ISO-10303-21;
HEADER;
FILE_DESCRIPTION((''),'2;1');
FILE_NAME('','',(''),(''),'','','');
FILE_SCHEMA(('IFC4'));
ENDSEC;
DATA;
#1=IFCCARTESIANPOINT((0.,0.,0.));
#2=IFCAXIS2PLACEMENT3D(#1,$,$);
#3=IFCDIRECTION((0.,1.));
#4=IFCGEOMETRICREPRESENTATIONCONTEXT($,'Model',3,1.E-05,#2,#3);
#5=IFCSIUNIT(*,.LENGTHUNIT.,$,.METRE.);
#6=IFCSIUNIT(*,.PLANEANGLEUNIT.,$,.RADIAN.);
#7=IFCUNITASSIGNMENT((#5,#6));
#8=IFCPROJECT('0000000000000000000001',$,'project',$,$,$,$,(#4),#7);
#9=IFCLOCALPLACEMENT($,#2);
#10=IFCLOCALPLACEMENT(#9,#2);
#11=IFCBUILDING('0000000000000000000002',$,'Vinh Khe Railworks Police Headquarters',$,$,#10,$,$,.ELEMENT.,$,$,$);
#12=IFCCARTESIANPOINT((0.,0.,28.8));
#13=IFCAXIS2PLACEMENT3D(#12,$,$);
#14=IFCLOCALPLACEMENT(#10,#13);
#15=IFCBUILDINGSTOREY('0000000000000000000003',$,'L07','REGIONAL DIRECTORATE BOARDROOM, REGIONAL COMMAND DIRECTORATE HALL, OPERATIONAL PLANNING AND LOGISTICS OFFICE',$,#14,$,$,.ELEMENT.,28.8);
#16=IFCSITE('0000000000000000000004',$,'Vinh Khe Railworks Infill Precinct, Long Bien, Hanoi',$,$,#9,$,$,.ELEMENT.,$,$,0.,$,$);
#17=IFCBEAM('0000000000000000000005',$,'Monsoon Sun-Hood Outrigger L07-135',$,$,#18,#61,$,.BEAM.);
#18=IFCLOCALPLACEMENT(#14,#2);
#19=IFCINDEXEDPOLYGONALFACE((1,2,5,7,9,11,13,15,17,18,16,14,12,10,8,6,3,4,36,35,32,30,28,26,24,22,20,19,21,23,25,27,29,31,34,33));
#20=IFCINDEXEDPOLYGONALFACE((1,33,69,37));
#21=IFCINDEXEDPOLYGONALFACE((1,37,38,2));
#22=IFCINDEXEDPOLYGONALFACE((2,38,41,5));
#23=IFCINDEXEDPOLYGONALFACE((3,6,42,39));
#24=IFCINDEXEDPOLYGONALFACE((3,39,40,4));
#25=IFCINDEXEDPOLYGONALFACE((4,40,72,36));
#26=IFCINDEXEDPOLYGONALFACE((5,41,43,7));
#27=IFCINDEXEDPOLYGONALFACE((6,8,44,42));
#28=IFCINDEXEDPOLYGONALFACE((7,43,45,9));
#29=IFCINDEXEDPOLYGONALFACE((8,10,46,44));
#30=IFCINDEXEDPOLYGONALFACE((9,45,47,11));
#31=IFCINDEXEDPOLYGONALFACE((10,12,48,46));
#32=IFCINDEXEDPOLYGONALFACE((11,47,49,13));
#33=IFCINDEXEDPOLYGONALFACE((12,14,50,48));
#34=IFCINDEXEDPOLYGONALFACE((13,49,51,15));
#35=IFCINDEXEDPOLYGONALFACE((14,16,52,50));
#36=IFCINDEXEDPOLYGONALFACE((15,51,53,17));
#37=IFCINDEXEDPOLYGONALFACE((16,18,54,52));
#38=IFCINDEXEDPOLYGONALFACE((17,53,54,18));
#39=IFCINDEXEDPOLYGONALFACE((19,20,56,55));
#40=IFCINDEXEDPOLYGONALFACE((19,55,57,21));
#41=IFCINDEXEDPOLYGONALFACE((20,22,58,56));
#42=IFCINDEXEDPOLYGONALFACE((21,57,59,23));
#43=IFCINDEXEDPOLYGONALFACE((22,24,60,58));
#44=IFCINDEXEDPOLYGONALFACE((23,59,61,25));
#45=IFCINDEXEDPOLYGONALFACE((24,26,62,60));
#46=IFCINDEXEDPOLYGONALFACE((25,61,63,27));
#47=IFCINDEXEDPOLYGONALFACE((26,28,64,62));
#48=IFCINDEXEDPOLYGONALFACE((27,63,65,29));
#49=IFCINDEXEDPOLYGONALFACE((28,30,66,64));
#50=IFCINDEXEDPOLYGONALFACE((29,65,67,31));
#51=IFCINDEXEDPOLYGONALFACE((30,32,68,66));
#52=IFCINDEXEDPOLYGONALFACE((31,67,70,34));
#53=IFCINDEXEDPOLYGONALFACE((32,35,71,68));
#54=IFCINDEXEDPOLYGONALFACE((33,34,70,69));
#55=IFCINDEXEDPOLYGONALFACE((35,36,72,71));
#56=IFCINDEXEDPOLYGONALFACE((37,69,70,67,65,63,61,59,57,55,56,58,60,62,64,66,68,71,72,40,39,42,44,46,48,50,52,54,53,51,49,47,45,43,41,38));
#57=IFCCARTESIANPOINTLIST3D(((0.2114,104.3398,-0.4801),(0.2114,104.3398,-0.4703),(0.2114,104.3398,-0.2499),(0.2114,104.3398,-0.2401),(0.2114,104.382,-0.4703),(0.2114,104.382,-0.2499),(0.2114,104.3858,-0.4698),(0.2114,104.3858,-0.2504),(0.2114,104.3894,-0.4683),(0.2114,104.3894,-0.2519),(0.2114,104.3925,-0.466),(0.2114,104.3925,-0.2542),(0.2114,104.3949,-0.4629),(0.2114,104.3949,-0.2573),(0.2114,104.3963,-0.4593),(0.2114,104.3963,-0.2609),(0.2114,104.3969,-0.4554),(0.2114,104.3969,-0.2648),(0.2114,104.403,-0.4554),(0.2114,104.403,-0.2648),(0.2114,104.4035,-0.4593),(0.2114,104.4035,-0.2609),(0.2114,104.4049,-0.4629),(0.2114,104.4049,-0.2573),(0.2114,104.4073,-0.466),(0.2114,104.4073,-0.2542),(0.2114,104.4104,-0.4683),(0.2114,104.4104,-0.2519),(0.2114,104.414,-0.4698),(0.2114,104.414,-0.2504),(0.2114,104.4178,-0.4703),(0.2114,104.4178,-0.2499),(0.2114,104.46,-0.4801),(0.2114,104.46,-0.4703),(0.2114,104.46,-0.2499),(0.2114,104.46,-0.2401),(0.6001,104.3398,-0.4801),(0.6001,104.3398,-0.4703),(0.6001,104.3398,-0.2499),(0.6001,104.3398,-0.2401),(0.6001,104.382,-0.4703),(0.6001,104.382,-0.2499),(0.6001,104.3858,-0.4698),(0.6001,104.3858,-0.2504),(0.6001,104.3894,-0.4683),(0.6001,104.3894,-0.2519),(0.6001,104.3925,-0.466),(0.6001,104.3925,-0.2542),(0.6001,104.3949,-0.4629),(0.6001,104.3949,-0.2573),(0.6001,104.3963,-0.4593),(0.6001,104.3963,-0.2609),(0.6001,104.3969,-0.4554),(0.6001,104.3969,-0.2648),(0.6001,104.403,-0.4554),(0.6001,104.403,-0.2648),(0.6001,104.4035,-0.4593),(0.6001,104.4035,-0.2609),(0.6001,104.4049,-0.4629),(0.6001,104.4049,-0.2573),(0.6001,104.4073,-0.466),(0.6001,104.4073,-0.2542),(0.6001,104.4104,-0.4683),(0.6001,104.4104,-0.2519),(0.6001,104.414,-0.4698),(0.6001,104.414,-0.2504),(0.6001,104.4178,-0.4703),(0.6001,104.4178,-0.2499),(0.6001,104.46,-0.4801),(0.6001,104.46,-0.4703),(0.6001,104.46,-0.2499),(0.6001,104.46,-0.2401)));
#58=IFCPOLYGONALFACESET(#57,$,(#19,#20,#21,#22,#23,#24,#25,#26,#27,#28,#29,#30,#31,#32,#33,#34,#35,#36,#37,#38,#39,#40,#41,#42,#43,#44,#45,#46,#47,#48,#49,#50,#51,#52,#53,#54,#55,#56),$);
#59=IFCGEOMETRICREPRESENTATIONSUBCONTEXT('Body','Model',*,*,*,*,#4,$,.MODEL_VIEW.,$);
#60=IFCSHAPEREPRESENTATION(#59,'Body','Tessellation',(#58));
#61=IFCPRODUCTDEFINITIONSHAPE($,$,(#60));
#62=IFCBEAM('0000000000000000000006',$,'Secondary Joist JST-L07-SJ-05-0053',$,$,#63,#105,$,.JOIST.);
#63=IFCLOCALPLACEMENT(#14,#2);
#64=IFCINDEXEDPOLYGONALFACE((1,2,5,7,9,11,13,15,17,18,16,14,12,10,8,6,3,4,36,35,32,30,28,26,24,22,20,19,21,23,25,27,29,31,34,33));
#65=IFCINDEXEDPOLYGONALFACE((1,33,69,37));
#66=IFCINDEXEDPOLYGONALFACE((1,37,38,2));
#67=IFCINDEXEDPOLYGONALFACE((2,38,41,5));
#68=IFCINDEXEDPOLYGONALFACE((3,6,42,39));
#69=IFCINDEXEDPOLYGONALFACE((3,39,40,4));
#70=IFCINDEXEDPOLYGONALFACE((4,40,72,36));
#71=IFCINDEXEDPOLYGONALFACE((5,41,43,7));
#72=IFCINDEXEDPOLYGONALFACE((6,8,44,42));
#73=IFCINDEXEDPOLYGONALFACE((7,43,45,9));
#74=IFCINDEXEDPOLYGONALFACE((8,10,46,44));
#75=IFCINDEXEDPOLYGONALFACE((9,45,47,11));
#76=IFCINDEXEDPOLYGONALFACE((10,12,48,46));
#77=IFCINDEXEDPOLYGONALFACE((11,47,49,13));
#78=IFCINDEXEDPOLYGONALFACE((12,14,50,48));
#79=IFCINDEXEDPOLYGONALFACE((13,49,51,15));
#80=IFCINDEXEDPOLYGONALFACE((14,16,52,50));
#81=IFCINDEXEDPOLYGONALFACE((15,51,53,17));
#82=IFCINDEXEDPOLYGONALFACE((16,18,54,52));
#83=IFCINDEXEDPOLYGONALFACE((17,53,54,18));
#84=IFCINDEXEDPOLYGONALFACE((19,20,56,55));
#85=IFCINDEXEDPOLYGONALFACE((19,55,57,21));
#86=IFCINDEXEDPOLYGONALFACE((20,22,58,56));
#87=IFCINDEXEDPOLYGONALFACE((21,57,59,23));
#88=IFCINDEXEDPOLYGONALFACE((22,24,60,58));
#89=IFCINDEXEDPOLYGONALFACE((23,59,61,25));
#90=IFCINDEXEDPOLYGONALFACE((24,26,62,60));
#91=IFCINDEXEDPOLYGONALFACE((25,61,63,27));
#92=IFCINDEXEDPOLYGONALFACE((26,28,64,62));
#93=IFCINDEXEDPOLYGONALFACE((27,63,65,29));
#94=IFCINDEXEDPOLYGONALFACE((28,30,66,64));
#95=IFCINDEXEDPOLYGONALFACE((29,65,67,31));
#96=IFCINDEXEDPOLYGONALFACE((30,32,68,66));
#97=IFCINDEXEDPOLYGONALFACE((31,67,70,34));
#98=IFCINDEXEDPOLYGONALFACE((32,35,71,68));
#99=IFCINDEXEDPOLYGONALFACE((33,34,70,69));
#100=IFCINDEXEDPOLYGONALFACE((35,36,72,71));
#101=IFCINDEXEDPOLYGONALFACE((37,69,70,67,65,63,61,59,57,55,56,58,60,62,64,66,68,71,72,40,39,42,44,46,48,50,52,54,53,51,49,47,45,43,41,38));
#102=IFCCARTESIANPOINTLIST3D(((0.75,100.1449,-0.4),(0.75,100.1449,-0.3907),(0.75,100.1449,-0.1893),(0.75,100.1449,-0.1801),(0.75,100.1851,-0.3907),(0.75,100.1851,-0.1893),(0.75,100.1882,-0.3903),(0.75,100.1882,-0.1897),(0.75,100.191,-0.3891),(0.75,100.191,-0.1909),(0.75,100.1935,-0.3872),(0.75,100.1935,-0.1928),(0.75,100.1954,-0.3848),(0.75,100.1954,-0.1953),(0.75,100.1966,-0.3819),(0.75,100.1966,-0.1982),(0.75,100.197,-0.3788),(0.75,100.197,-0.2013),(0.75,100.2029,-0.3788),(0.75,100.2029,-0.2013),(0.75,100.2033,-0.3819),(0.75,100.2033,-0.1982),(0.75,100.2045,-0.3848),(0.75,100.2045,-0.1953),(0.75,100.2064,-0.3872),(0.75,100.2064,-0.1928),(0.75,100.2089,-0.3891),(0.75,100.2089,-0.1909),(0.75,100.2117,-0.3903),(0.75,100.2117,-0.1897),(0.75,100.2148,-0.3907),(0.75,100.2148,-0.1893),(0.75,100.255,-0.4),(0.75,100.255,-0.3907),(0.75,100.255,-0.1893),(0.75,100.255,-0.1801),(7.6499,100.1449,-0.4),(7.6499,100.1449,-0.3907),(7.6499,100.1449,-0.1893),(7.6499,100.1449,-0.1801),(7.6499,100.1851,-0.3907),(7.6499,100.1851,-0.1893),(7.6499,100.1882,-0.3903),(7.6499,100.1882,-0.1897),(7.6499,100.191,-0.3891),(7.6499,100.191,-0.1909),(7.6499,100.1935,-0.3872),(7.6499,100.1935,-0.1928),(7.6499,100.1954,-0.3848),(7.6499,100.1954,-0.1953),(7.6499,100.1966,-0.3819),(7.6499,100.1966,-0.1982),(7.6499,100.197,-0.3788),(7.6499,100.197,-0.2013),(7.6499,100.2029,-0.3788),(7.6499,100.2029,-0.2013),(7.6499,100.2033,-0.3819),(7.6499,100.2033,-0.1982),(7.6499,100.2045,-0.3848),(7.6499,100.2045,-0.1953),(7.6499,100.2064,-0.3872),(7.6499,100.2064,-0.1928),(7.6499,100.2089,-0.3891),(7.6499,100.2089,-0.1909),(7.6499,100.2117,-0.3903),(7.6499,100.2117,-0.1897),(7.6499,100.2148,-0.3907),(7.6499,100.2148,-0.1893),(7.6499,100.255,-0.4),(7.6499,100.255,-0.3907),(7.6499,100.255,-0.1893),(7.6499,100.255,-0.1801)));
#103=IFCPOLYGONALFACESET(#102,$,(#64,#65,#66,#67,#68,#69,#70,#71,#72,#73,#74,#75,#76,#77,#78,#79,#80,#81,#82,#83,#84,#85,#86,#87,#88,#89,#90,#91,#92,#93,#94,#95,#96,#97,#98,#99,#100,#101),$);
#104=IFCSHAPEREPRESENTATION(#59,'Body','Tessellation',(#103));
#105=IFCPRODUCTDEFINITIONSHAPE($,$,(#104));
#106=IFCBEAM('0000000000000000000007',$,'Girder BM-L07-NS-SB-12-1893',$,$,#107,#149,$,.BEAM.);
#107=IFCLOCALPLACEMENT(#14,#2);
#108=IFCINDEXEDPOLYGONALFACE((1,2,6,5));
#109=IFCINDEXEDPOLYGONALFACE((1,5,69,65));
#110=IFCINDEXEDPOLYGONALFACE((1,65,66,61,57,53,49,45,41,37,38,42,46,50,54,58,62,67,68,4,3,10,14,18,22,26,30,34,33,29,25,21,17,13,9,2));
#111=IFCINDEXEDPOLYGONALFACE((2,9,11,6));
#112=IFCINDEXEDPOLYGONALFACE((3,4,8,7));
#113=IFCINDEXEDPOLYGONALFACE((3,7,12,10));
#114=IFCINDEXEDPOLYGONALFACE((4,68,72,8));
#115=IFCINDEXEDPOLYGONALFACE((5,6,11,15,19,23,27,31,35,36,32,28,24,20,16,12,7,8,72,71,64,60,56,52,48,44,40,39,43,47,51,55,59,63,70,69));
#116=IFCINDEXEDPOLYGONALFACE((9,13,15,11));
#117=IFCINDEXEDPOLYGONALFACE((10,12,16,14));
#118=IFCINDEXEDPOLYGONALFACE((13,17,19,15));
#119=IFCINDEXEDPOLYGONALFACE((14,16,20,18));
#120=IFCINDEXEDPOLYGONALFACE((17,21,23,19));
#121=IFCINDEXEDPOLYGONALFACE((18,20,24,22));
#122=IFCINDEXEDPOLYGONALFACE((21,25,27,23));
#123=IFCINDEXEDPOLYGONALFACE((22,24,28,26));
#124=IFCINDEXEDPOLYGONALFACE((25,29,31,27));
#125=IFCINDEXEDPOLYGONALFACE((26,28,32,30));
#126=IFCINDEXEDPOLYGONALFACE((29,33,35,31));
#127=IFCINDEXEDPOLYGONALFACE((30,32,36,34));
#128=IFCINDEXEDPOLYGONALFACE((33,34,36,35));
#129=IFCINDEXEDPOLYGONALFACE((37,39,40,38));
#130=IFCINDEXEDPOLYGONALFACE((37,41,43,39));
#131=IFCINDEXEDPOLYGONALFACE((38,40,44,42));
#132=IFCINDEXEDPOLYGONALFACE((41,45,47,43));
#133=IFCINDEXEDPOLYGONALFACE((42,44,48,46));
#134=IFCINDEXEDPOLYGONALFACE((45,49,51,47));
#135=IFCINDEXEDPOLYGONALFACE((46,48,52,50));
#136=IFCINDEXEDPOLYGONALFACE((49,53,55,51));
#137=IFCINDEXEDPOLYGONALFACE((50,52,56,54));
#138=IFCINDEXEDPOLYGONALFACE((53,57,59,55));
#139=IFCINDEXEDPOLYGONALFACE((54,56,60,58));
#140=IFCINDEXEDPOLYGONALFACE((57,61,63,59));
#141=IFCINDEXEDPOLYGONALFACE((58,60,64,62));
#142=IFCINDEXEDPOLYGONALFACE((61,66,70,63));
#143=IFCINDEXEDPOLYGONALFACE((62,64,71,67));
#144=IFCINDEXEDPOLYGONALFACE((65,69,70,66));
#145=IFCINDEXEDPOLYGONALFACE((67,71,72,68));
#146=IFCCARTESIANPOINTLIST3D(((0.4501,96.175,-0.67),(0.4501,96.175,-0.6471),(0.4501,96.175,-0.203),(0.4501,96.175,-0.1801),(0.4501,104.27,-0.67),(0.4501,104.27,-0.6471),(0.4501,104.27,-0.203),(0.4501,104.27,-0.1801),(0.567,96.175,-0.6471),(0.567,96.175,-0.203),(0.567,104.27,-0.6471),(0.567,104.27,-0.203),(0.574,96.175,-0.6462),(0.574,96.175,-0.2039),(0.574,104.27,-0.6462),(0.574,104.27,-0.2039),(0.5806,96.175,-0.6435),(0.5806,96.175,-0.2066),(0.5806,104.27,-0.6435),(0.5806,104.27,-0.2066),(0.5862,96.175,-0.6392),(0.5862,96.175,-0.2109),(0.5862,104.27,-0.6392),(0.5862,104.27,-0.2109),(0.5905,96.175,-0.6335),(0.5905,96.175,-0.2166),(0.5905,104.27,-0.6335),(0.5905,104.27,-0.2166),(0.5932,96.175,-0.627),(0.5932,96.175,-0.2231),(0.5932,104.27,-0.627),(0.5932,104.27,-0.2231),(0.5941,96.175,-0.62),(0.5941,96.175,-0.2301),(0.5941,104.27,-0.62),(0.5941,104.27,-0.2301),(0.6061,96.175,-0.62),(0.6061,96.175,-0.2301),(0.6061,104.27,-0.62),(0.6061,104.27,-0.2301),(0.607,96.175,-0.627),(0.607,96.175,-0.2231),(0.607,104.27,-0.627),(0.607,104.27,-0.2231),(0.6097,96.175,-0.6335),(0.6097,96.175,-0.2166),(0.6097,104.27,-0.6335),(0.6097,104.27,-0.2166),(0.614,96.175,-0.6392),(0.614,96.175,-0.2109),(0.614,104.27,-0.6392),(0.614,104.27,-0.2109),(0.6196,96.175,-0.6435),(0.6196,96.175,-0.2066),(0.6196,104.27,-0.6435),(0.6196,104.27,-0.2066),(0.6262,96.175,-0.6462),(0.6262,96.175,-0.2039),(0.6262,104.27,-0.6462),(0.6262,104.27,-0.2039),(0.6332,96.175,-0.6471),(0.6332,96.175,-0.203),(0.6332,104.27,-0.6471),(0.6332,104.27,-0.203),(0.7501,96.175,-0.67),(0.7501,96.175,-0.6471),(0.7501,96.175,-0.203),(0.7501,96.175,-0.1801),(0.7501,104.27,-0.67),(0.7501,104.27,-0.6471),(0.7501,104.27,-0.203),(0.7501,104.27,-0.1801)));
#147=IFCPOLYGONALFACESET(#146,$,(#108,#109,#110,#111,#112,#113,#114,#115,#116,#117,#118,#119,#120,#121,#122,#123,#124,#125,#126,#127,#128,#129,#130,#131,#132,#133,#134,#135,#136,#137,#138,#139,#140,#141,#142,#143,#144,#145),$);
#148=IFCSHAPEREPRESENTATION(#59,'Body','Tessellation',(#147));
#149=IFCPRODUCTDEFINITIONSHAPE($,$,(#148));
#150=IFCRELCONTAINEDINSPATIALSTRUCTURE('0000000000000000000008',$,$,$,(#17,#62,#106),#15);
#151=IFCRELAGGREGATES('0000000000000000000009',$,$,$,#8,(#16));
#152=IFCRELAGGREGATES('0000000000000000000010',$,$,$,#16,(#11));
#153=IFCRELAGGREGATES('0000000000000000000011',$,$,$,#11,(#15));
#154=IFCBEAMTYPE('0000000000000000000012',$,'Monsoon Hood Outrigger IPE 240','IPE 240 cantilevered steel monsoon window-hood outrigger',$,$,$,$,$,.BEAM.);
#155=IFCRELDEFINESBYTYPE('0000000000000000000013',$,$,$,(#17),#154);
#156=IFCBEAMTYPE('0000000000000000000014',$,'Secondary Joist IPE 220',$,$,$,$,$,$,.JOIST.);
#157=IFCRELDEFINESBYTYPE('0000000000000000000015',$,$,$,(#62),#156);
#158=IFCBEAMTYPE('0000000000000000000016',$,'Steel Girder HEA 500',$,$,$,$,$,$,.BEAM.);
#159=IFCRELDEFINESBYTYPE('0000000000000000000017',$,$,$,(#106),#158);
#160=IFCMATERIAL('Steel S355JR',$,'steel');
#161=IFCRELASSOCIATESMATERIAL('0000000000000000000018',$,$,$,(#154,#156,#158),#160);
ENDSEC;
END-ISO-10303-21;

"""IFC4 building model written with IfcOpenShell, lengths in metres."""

from ifc_helpers import new_model, si_unit, direction, frame, origin, origin_2d, place, context, subcontext, project, spatial, i_section, extrude, material, material_profile, profile_set, type_object, element, save


model = new_model("IFC4")

# Units and contexts
model_context = context("Model", 3, precision=1e-05, world=origin(), true_north=direction((0.0, 1.0)))
body_context = subcontext(model_context, "Body", "Model", "MODEL_VIEW")
ifc_project = project(units=[si_unit("LENGTHUNIT", "METRE"), si_unit("PLANEANGLEUNIT", "RADIAN")], contexts=[model_context])

# Site, building, storey
site_placement = place(None, origin())
site = spatial("IfcSite", under=ifc_project, at=site_placement, Name="Vinh Khe Railworks Infill Precinct, Long Bien, Hanoi", CompositionType="ELEMENT", RefElevation=0.0)
building_placement = place(site_placement, origin())
building = spatial("IfcBuilding", under=site, at=building_placement, Name="Vinh Khe Railworks Police Headquarters", CompositionType="ELEMENT")
storey_placement = place(building_placement, frame((0.0, 0.0, 28.8)))
storey = spatial("IfcBuildingStorey", under=building, at=storey_placement, Name="L07", Description="REGIONAL DIRECTORATE BOARDROOM, REGIONAL COMMAND DIRECTORATE HALL, OPERATIONAL PLANNING AND LOGISTICS OFFICE", CompositionType="ELEMENT", Elevation=28.8)

# Shared definitions
ifc_material_1 = material(Name="Steel S355JR", Category="steel")

# Beams
ifc_material_profile_1 = material_profile(ifc_material_1, i_section(OverallWidth=0.1201, OverallDepth=0.24, WebThickness=0.0061, FlangeThickness=0.0098, FilletRadius=0.0149, at=origin_2d()), Name="IPE 240")
ifc_profile_set_1 = profile_set([ifc_material_profile_1], Name="Steel S355JR")
beam_type_1 = type_object("IfcBeamType", Name="Monsoon Hood Outrigger IPE 240", Description="IPE 240 cantilevered steel monsoon window-hood outrigger", PredefinedType="BEAM", material=ifc_profile_set_1)
beam_1_placement = place(storey_placement, frame((0.2114, 104.3999, -0.3601), z_axis=(1.0, 0.0, 0.0), x_axis=(0.0, 1.0, 0.0)))
element("IfcBeam", 1, at=beam_1_placement, inside=storey, type_object=beam_type_1, Name="Monsoon Sun-Hood Outrigger L07-135", PredefinedType="BEAM", context=body_context, shape_type="SweptSolid", body=[
    extrude(i_section(OverallWidth=0.1201, OverallDepth=0.24, WebThickness=0.0061, FlangeThickness=0.0098, FilletRadius=0.0149, at=origin_2d()), origin(), (0.0, 0.0, 1.0), 0.3887),
])
ifc_material_profile_2 = material_profile(ifc_material_1, i_section(OverallWidth=0.1101, OverallDepth=0.22, WebThickness=0.0059, FlangeThickness=0.0093, FilletRadius=0.012, at=origin_2d()), Name="IPE 220")
ifc_profile_set_2 = profile_set([ifc_material_profile_2], Name="Steel S355JR")
beam_type_2 = type_object("IfcBeamType", Name="Secondary Joist IPE 220", PredefinedType="JOIST", material=ifc_profile_set_2)
beam_2_placement = place(storey_placement, frame((0.75, 100.2, -0.29), z_axis=(1.0, 0.0, 0.0), x_axis=(0.0, 1.0, 0.0)))
element("IfcBeam", 2, at=beam_2_placement, inside=storey, type_object=beam_type_2, Name="Secondary Joist JST-L07-SJ-05-0053", PredefinedType="JOIST", context=body_context, shape_type="SweptSolid", body=[
    extrude(i_section(OverallWidth=0.1101, OverallDepth=0.22, WebThickness=0.0059, FlangeThickness=0.0093, FilletRadius=0.012, at=origin_2d()), origin(), (0.0, 0.0, 1.0), 6.8999),
])
ifc_material_profile_3 = material_profile(ifc_material_1, i_section(OverallWidth=0.3, OverallDepth=0.49, WebThickness=0.012, FlangeThickness=0.0229, FilletRadius=0.0271, at=origin_2d()), Name="HEA 500")
ifc_profile_set_3 = profile_set([ifc_material_profile_3], Name="Steel S355JR")
beam_type_3 = type_object("IfcBeamType", Name="Steel Girder HEA 500", PredefinedType="BEAM", material=ifc_profile_set_3)
beam_3_placement = place(storey_placement, frame((0.6001, 96.175, -0.425), z_axis=(0.0, 1.0, 0.0), x_axis=(-1.0, 0.0, 0.0)))
element("IfcBeam", 3, at=beam_3_placement, inside=storey, type_object=beam_type_3, Name="Girder BM-L07-NS-SB-12-1893", PredefinedType="BEAM", context=body_context, shape_type="SweptSolid", body=[
    extrude(i_section(OverallWidth=0.3, OverallDepth=0.49, WebThickness=0.012, FlangeThickness=0.0229, FilletRadius=0.0271, at=origin_2d()), origin(), (0.0, 0.0, 1.0), 8.095),
])

save(model, "model.ifc")
